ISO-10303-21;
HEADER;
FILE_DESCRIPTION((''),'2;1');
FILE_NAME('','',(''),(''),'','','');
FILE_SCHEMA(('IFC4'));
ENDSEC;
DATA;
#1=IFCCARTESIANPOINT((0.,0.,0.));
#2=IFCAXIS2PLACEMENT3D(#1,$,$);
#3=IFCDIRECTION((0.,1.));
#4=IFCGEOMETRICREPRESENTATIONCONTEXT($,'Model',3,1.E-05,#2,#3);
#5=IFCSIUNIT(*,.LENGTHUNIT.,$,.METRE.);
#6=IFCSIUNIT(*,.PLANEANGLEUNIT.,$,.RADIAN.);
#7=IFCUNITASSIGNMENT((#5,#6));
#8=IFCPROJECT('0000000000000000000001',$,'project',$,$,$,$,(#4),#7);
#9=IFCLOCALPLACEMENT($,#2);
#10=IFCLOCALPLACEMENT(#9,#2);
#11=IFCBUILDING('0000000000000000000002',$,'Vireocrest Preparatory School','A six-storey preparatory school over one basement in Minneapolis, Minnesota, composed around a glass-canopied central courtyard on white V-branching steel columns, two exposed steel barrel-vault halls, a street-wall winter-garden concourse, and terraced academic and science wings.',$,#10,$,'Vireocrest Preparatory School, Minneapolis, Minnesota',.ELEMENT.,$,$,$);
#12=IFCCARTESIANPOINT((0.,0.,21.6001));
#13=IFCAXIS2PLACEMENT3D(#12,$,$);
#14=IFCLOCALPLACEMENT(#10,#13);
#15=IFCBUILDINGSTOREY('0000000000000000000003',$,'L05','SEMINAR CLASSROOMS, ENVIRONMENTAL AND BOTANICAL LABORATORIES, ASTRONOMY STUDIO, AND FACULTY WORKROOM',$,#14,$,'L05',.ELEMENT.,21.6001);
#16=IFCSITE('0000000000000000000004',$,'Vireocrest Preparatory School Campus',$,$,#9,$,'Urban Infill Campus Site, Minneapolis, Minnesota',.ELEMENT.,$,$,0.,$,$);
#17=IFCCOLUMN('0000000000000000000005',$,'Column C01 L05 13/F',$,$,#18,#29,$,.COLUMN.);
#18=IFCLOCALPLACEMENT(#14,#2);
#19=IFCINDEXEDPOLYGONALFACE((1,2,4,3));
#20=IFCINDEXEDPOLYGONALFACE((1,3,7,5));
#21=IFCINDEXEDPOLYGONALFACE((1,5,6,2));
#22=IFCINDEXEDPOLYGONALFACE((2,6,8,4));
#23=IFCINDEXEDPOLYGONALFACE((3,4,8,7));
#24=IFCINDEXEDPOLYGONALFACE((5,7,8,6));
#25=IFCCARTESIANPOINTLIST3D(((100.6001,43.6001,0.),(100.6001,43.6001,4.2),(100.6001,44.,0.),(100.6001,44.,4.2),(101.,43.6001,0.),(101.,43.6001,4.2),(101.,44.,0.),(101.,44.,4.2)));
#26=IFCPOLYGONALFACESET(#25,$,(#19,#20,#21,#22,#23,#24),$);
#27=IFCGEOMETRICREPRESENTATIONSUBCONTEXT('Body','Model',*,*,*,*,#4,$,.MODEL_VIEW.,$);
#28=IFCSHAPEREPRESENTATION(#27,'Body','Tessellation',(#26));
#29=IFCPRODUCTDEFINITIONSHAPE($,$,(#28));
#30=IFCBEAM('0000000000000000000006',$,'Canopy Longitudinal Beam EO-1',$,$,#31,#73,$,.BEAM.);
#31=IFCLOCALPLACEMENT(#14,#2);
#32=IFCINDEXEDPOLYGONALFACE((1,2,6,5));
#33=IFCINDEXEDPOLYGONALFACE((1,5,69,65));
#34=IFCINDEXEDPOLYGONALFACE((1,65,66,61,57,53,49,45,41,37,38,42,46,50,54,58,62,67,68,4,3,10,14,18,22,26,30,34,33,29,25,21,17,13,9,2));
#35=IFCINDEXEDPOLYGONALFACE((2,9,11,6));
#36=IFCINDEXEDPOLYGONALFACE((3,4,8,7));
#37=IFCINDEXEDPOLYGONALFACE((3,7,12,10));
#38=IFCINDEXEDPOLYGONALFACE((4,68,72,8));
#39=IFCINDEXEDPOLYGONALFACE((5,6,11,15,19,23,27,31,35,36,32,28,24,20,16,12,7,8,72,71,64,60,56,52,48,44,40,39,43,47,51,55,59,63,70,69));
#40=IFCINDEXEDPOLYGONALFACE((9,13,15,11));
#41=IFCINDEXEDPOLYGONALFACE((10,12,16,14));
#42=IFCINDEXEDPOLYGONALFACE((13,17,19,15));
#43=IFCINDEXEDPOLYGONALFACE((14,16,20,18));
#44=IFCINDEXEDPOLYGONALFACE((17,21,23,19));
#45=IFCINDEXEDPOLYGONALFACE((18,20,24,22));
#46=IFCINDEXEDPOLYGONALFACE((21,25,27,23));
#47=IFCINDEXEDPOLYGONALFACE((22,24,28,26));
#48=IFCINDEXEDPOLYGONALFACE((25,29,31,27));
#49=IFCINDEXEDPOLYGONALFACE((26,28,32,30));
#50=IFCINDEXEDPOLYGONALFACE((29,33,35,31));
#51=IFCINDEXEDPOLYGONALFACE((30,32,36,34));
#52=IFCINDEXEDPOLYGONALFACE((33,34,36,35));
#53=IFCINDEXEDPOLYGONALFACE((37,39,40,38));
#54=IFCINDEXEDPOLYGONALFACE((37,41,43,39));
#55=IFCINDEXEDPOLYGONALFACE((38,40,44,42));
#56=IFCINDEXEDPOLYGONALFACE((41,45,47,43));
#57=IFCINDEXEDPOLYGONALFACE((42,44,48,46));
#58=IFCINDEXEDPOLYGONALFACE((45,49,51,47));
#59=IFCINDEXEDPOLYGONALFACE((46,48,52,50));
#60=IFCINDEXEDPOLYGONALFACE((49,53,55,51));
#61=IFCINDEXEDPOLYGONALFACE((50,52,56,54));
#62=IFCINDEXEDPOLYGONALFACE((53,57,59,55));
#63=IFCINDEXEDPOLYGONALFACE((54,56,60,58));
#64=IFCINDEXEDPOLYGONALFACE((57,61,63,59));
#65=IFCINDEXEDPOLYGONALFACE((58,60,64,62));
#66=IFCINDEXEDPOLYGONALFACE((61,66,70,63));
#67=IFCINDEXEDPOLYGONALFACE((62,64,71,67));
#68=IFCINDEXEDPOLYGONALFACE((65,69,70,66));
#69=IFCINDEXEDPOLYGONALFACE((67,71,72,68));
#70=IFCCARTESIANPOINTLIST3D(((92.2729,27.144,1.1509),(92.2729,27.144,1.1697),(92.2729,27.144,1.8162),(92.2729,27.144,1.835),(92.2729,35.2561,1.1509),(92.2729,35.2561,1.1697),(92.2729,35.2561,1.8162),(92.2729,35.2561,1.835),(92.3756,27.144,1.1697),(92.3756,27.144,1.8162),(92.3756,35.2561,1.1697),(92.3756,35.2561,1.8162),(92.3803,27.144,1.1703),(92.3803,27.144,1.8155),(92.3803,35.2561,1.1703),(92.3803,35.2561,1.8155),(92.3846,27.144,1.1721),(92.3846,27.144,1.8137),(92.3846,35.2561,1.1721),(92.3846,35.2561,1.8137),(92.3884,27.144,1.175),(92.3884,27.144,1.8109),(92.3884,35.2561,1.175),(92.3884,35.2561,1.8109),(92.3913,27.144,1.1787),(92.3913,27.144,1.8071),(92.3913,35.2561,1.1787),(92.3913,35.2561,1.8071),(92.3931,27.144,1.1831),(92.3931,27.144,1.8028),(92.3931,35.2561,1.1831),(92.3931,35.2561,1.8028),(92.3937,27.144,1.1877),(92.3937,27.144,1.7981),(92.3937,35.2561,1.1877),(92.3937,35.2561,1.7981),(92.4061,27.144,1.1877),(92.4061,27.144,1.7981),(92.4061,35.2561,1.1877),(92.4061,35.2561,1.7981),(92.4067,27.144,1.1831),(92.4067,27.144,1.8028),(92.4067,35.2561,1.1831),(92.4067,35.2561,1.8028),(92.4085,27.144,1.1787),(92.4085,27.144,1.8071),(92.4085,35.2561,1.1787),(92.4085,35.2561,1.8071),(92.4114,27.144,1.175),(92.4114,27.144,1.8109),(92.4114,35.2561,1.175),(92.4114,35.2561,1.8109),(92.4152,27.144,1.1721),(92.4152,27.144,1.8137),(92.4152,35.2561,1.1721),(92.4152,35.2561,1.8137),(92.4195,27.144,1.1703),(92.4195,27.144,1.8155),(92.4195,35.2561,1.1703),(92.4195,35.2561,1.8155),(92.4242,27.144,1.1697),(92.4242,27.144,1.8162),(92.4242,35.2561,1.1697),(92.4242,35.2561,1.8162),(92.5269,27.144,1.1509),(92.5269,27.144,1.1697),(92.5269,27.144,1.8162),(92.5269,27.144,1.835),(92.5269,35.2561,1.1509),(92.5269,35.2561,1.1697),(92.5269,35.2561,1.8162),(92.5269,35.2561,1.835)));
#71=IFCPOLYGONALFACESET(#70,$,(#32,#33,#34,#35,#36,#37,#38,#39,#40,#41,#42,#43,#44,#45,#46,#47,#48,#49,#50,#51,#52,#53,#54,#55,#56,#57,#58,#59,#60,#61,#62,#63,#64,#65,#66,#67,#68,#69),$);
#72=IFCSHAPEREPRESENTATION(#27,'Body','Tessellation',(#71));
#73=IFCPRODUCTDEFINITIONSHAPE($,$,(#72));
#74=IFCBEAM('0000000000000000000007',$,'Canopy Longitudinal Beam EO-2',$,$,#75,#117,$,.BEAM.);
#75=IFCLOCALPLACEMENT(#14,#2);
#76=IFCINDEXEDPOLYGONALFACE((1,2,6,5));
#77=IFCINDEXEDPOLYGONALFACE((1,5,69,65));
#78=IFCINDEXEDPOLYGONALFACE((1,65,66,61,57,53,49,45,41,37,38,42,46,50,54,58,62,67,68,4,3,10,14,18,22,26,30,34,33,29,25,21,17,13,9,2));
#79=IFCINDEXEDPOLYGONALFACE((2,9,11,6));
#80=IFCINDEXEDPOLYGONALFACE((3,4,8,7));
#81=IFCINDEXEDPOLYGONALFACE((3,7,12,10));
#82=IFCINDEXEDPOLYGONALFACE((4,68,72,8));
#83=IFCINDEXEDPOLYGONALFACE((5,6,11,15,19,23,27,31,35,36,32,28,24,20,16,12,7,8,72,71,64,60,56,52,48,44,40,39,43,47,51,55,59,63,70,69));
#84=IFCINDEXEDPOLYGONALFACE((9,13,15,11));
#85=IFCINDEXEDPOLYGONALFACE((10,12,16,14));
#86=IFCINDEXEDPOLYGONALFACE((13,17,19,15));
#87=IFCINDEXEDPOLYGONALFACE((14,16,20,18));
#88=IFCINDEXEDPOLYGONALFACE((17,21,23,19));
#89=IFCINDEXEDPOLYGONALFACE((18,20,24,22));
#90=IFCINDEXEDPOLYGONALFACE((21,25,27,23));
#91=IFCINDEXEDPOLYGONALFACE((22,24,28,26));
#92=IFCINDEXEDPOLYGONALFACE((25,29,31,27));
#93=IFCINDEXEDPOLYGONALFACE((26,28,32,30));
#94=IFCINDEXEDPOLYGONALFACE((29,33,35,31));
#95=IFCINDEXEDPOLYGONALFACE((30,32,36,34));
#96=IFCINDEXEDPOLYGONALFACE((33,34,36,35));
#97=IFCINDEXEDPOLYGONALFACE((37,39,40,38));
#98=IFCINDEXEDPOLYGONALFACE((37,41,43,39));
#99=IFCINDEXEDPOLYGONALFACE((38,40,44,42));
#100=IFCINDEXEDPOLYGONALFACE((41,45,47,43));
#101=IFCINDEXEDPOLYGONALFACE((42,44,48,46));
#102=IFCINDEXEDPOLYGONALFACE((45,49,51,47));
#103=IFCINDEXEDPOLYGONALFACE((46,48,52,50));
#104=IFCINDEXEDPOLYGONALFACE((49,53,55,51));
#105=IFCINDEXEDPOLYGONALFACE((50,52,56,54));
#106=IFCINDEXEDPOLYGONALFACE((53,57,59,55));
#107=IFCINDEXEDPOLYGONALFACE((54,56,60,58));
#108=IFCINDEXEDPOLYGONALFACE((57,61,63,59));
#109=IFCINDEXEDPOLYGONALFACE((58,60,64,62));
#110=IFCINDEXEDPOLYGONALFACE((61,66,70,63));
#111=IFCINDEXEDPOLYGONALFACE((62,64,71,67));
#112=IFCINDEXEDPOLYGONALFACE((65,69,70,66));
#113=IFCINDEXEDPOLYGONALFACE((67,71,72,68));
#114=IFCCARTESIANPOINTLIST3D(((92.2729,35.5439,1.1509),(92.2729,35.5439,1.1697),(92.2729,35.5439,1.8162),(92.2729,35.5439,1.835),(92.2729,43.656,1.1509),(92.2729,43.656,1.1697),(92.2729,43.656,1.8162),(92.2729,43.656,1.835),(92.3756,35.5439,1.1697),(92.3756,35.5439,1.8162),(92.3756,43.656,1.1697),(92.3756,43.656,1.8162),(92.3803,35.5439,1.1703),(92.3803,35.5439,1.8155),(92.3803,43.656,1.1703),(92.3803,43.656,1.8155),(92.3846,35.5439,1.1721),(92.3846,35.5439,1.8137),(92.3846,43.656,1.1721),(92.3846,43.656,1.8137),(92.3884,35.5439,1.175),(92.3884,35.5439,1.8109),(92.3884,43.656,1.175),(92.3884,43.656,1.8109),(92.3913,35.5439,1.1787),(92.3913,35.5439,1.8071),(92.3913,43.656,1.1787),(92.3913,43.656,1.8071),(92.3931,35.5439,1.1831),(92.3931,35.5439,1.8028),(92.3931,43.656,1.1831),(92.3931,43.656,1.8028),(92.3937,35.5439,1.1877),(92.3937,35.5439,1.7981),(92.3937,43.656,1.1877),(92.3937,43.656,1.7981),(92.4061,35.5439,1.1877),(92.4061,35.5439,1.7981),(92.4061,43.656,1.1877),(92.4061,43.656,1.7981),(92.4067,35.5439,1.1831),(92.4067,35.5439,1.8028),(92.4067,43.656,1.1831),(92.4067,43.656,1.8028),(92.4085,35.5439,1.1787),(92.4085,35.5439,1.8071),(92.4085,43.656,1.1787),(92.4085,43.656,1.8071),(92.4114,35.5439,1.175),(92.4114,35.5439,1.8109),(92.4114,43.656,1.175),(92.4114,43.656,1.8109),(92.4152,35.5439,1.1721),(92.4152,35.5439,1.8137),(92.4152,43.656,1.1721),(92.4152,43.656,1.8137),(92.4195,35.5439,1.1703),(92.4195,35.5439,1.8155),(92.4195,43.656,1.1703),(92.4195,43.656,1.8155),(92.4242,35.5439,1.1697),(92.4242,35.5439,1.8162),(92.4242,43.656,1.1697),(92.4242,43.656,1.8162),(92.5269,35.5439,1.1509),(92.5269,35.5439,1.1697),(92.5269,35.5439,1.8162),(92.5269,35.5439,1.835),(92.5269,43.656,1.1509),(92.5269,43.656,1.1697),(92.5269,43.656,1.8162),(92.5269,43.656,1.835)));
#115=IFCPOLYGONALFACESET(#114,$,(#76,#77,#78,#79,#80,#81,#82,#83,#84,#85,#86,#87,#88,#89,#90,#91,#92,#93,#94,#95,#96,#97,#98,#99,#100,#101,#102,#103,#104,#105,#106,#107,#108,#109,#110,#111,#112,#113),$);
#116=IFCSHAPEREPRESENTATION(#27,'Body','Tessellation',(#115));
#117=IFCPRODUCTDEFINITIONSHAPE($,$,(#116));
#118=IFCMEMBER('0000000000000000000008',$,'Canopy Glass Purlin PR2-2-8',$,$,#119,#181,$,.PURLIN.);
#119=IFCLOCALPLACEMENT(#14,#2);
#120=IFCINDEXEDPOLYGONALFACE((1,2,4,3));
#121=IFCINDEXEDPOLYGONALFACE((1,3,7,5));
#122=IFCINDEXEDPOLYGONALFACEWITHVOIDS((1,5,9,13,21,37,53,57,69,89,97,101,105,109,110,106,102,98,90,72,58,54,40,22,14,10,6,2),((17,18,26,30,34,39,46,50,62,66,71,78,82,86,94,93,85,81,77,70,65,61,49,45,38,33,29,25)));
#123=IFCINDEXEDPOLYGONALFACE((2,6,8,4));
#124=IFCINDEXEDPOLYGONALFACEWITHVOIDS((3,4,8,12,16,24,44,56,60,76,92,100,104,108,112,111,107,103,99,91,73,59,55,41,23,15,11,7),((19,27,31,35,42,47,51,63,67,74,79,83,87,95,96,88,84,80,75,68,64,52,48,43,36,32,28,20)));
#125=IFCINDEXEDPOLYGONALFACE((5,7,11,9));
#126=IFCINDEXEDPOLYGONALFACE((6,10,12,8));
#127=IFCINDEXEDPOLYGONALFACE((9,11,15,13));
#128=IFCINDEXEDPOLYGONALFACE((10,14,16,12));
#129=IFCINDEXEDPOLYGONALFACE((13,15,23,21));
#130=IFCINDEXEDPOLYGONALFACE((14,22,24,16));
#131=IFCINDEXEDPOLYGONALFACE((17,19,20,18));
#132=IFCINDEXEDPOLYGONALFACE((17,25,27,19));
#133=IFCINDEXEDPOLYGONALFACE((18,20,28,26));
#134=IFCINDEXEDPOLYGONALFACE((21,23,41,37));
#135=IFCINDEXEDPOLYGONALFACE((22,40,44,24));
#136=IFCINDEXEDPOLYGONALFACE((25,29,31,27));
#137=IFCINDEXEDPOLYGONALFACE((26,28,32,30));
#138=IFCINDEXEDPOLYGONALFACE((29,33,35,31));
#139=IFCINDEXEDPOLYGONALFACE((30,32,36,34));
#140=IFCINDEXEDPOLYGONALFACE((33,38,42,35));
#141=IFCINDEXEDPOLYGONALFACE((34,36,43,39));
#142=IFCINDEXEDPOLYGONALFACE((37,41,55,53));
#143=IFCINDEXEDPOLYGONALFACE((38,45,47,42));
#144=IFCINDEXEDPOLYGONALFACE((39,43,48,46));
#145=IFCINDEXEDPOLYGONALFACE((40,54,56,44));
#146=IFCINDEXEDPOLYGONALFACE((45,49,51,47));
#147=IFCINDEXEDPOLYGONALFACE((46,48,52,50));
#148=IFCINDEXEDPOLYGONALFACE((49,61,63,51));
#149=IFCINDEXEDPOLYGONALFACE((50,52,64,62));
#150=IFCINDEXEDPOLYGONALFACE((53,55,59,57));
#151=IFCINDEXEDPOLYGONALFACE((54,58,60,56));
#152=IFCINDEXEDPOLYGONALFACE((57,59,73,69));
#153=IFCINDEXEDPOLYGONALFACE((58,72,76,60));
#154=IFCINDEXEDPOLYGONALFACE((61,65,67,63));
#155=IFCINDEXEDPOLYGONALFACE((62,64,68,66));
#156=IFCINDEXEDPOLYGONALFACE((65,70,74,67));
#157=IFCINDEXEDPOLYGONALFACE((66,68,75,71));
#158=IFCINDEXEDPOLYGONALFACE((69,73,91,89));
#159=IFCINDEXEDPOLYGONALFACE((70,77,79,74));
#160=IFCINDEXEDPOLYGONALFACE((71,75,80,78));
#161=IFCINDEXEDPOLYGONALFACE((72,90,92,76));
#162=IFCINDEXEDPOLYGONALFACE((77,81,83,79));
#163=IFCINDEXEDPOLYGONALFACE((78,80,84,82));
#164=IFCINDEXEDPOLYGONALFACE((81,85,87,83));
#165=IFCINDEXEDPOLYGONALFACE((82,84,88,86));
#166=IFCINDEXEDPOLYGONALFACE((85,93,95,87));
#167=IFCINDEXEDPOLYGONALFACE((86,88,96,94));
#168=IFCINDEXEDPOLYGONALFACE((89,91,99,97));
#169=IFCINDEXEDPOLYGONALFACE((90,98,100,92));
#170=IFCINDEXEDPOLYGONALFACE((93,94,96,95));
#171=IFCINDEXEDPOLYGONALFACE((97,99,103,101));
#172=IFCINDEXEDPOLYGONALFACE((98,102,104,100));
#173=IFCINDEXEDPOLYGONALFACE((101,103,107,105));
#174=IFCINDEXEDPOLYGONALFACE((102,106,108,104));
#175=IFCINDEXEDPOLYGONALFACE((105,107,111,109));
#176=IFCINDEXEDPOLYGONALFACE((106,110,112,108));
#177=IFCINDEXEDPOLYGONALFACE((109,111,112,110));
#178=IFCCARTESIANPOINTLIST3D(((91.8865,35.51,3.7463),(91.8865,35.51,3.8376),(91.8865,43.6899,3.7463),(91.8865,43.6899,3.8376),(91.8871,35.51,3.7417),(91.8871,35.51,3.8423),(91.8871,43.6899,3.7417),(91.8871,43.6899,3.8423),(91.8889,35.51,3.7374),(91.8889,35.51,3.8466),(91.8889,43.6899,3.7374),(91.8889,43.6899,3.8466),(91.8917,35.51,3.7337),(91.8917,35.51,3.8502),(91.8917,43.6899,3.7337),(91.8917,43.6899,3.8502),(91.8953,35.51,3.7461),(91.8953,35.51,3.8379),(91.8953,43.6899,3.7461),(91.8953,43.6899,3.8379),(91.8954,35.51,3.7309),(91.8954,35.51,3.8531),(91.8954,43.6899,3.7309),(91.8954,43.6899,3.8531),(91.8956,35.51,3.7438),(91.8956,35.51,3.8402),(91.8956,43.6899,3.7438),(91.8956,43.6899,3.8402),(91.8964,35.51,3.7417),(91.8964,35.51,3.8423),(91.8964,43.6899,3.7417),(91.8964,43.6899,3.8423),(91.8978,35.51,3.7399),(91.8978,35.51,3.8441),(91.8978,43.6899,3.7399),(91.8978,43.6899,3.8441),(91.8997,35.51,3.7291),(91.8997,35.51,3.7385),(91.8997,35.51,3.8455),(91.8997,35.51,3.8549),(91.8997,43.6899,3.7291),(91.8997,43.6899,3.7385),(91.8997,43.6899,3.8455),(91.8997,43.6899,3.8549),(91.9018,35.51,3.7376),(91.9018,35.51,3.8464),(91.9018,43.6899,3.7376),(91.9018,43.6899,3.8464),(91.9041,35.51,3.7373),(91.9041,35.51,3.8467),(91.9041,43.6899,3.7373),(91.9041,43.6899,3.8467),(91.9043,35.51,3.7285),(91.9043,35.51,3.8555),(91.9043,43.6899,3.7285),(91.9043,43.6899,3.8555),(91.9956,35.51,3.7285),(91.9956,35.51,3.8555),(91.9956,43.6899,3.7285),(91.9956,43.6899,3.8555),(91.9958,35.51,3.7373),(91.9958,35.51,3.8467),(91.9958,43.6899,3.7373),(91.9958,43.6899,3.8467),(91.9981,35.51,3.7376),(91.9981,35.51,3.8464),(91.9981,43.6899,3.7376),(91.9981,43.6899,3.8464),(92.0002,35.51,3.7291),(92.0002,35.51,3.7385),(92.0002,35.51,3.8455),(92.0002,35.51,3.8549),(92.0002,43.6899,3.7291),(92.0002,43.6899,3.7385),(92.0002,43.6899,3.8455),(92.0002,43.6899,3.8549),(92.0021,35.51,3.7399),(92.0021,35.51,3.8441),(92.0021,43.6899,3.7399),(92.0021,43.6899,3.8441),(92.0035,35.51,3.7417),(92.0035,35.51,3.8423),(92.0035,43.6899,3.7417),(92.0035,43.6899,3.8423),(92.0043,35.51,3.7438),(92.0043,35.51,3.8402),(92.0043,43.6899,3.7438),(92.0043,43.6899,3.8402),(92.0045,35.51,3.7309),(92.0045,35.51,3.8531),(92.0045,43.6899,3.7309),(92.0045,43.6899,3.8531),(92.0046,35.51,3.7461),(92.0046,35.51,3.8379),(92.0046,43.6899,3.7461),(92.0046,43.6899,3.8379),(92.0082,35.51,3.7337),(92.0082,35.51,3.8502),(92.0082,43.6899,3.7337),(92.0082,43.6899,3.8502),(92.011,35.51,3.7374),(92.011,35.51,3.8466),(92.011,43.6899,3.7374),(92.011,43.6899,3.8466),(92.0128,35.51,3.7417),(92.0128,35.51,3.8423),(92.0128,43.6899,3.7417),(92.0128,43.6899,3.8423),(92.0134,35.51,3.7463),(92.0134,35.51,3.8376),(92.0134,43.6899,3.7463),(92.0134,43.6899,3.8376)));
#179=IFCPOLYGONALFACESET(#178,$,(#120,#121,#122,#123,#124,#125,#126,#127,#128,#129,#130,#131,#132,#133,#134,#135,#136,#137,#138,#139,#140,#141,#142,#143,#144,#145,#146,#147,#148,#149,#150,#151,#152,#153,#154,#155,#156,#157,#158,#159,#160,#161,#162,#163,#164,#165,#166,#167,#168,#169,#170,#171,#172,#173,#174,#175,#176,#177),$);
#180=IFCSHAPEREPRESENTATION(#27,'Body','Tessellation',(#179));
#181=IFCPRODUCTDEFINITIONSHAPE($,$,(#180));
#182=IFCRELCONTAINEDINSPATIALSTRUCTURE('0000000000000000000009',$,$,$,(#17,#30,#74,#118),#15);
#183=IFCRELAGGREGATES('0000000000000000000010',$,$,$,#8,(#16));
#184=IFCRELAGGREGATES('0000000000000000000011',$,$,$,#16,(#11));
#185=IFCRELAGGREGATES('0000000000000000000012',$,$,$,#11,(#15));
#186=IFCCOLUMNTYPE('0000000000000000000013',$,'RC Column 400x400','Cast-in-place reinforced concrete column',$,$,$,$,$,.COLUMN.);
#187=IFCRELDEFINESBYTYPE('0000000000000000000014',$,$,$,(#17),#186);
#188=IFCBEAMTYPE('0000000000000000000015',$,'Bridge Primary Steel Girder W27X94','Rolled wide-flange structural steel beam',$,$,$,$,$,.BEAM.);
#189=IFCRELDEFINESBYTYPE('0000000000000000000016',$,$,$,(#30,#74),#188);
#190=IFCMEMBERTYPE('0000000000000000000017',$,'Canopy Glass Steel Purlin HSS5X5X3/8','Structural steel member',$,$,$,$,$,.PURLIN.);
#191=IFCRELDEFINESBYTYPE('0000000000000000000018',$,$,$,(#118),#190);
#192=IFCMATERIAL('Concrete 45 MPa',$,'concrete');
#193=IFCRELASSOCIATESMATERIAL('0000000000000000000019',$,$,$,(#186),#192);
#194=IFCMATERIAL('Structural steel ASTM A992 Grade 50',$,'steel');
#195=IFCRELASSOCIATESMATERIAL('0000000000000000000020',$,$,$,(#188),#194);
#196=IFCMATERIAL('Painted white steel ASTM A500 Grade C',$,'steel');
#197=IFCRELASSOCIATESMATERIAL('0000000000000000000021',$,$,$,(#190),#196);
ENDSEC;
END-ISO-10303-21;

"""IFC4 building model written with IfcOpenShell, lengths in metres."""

from ifc_helpers import new_model, si_unit, direction, frame, origin, origin_2d, place, context, subcontext, project, spatial, rectangle, hollow_rectangle, i_section, extrude, material, material_profile, profile_set, type_object, element, save


model = new_model("IFC4")

# Units and contexts
model_context = context("Model", 3, precision=1e-05, world=origin(), true_north=direction((0.0, 1.0)))
body_context = subcontext(model_context, "Body", "Model", "MODEL_VIEW")
ifc_project = project(units=[si_unit("LENGTHUNIT", "METRE"), si_unit("PLANEANGLEUNIT", "RADIAN")], contexts=[model_context])

# Site, building, storey
site_placement = place(None, origin())
site = spatial("IfcSite", under=ifc_project, at=site_placement, Name="Vireocrest Preparatory School Campus", LongName="Urban Infill Campus Site, Minneapolis, Minnesota", CompositionType="ELEMENT", RefElevation=0.0)
building_placement = place(site_placement, origin())
building = spatial("IfcBuilding", under=site, at=building_placement, Name="Vireocrest Preparatory School", Description="A six-storey preparatory school over one basement in Minneapolis, Minnesota, composed around a glass-canopied central courtyard on white V-branching steel columns, two exposed steel barrel-vault halls, a street-wall winter-garden concourse, and terraced academic and science wings.", LongName="Vireocrest Preparatory School, Minneapolis, Minnesota", CompositionType="ELEMENT")
storey_placement = place(building_placement, frame((0.0, 0.0, 21.6001)))
storey = spatial("IfcBuildingStorey", under=building, at=storey_placement, Name="L05", Description="SEMINAR CLASSROOMS, ENVIRONMENTAL AND BOTANICAL LABORATORIES, ASTRONOMY STUDIO, AND FACULTY WORKROOM", LongName="L05", CompositionType="ELEMENT", Elevation=21.6001)

# Column
ifc_material_1 = material(Name="Concrete 45 MPa", Category="concrete")
ifc_material_profile_1 = material_profile(ifc_material_1, rectangle(XDim=0.3999, YDim=0.3999, at=origin_2d()), Name="RC 400x400")
ifc_profile_set_1 = profile_set([ifc_material_profile_1], Name="Concrete 45 MPa")
column_type = type_object("IfcColumnType", Name="RC Column 400x400", Description="Cast-in-place reinforced concrete column", PredefinedType="COLUMN", material=ifc_profile_set_1)
column_placement = place(storey_placement, frame((100.8, 43.8, 0.0), z_axis=(0.0, 0.0, 1.0), x_axis=(1.0, 0.0, 0.0)))
element("IfcColumn", 1, at=column_placement, inside=storey, type_object=column_type, Name="Column C01 L05 13/F", PredefinedType="COLUMN", context=body_context, shape_type="SweptSolid", body=[
    extrude(rectangle(XDim=0.3999, YDim=0.3999, at=origin_2d()), origin(), (0.0, 0.0, 1.0), 4.2),
])

# Beams
ifc_material_2 = material(Name="Structural steel ASTM A992 Grade 50", Category="steel")
ifc_material_profile_2 = material_profile(ifc_material_2, i_section(OverallWidth=0.2539, OverallDepth=0.6841, WebThickness=0.0125, FlangeThickness=0.0188, FilletRadius=0.0181, at=origin_2d()), Name="W27X94")
ifc_profile_set_2 = profile_set([ifc_material_profile_2], Name="Structural steel ASTM A992 Grade 50")
beam_type_1 = type_object("IfcBeamType", Name="Bridge Primary Steel Girder W27X94", Description="Rolled wide-flange structural steel beam", PredefinedType="BEAM", material=ifc_profile_set_2)
for number, where, z_axis, x_axis, name in (
    (2, (92.3999, 27.144, 1.4929), (0.0, 1.0, 0.0), (-1.0, 0.0, 0.0), "Canopy Longitudinal Beam EO-1"),
    (3, (92.3999, 35.5439, 1.4929), (0.0, 1.0, 0.0), (-1.0, 0.0, 0.0), "Canopy Longitudinal Beam EO-2"),
):
    element("IfcBeam", number, at=place(storey_placement, frame(where, z_axis=z_axis, x_axis=x_axis)), inside=storey, type_object=beam_type_1, Name=name, PredefinedType="BEAM", context=body_context, shape_type="SweptSolid", body=[
        extrude(i_section(OverallWidth=0.2539, OverallDepth=0.6841, WebThickness=0.0125, FlangeThickness=0.0188, FilletRadius=0.0181, at=origin_2d()), origin(), (0.0, 0.0, 1.0), 8.1121),
    ])

# Member
ifc_material_3 = material(Name="Painted white steel ASTM A500 Grade C", Category="steel")
ifc_material_profile_3 = material_profile(ifc_material_3, hollow_rectangle(XDim=0.127, YDim=0.127, WallThickness=0.0088, InnerFilletRadius=0.0088, OuterFilletRadius=0.0178, at=origin_2d()), Name="HSS5X5X3/8")
ifc_profile_set_3 = profile_set([ifc_material_profile_3], Name="Painted white steel ASTM A500 Grade C")
member_type_1 = type_object("IfcMemberType", Name="Canopy Glass Steel Purlin HSS5X5X3/8", Description="Structural steel member", PredefinedType="PURLIN", material=ifc_profile_set_3)
member_1_placement = place(storey_placement, frame((91.95, 35.51, 3.792), z_axis=(0.0, 1.0, 0.0), x_axis=(-1.0, 0.0, 0.0)))
element("IfcMember", 4, at=member_1_placement, inside=storey, type_object=member_type_1, Name="Canopy Glass Purlin PR2-2-8", PredefinedType="PURLIN", context=body_context, shape_type="SweptSolid", body=[
    extrude(hollow_rectangle(XDim=0.127, YDim=0.127, WallThickness=0.0088, InnerFilletRadius=0.0088, OuterFilletRadius=0.0178, at=origin_2d()), origin(), (0.0, 0.0, 1.0), 8.1799),
])

save(model, "model.ifc")
